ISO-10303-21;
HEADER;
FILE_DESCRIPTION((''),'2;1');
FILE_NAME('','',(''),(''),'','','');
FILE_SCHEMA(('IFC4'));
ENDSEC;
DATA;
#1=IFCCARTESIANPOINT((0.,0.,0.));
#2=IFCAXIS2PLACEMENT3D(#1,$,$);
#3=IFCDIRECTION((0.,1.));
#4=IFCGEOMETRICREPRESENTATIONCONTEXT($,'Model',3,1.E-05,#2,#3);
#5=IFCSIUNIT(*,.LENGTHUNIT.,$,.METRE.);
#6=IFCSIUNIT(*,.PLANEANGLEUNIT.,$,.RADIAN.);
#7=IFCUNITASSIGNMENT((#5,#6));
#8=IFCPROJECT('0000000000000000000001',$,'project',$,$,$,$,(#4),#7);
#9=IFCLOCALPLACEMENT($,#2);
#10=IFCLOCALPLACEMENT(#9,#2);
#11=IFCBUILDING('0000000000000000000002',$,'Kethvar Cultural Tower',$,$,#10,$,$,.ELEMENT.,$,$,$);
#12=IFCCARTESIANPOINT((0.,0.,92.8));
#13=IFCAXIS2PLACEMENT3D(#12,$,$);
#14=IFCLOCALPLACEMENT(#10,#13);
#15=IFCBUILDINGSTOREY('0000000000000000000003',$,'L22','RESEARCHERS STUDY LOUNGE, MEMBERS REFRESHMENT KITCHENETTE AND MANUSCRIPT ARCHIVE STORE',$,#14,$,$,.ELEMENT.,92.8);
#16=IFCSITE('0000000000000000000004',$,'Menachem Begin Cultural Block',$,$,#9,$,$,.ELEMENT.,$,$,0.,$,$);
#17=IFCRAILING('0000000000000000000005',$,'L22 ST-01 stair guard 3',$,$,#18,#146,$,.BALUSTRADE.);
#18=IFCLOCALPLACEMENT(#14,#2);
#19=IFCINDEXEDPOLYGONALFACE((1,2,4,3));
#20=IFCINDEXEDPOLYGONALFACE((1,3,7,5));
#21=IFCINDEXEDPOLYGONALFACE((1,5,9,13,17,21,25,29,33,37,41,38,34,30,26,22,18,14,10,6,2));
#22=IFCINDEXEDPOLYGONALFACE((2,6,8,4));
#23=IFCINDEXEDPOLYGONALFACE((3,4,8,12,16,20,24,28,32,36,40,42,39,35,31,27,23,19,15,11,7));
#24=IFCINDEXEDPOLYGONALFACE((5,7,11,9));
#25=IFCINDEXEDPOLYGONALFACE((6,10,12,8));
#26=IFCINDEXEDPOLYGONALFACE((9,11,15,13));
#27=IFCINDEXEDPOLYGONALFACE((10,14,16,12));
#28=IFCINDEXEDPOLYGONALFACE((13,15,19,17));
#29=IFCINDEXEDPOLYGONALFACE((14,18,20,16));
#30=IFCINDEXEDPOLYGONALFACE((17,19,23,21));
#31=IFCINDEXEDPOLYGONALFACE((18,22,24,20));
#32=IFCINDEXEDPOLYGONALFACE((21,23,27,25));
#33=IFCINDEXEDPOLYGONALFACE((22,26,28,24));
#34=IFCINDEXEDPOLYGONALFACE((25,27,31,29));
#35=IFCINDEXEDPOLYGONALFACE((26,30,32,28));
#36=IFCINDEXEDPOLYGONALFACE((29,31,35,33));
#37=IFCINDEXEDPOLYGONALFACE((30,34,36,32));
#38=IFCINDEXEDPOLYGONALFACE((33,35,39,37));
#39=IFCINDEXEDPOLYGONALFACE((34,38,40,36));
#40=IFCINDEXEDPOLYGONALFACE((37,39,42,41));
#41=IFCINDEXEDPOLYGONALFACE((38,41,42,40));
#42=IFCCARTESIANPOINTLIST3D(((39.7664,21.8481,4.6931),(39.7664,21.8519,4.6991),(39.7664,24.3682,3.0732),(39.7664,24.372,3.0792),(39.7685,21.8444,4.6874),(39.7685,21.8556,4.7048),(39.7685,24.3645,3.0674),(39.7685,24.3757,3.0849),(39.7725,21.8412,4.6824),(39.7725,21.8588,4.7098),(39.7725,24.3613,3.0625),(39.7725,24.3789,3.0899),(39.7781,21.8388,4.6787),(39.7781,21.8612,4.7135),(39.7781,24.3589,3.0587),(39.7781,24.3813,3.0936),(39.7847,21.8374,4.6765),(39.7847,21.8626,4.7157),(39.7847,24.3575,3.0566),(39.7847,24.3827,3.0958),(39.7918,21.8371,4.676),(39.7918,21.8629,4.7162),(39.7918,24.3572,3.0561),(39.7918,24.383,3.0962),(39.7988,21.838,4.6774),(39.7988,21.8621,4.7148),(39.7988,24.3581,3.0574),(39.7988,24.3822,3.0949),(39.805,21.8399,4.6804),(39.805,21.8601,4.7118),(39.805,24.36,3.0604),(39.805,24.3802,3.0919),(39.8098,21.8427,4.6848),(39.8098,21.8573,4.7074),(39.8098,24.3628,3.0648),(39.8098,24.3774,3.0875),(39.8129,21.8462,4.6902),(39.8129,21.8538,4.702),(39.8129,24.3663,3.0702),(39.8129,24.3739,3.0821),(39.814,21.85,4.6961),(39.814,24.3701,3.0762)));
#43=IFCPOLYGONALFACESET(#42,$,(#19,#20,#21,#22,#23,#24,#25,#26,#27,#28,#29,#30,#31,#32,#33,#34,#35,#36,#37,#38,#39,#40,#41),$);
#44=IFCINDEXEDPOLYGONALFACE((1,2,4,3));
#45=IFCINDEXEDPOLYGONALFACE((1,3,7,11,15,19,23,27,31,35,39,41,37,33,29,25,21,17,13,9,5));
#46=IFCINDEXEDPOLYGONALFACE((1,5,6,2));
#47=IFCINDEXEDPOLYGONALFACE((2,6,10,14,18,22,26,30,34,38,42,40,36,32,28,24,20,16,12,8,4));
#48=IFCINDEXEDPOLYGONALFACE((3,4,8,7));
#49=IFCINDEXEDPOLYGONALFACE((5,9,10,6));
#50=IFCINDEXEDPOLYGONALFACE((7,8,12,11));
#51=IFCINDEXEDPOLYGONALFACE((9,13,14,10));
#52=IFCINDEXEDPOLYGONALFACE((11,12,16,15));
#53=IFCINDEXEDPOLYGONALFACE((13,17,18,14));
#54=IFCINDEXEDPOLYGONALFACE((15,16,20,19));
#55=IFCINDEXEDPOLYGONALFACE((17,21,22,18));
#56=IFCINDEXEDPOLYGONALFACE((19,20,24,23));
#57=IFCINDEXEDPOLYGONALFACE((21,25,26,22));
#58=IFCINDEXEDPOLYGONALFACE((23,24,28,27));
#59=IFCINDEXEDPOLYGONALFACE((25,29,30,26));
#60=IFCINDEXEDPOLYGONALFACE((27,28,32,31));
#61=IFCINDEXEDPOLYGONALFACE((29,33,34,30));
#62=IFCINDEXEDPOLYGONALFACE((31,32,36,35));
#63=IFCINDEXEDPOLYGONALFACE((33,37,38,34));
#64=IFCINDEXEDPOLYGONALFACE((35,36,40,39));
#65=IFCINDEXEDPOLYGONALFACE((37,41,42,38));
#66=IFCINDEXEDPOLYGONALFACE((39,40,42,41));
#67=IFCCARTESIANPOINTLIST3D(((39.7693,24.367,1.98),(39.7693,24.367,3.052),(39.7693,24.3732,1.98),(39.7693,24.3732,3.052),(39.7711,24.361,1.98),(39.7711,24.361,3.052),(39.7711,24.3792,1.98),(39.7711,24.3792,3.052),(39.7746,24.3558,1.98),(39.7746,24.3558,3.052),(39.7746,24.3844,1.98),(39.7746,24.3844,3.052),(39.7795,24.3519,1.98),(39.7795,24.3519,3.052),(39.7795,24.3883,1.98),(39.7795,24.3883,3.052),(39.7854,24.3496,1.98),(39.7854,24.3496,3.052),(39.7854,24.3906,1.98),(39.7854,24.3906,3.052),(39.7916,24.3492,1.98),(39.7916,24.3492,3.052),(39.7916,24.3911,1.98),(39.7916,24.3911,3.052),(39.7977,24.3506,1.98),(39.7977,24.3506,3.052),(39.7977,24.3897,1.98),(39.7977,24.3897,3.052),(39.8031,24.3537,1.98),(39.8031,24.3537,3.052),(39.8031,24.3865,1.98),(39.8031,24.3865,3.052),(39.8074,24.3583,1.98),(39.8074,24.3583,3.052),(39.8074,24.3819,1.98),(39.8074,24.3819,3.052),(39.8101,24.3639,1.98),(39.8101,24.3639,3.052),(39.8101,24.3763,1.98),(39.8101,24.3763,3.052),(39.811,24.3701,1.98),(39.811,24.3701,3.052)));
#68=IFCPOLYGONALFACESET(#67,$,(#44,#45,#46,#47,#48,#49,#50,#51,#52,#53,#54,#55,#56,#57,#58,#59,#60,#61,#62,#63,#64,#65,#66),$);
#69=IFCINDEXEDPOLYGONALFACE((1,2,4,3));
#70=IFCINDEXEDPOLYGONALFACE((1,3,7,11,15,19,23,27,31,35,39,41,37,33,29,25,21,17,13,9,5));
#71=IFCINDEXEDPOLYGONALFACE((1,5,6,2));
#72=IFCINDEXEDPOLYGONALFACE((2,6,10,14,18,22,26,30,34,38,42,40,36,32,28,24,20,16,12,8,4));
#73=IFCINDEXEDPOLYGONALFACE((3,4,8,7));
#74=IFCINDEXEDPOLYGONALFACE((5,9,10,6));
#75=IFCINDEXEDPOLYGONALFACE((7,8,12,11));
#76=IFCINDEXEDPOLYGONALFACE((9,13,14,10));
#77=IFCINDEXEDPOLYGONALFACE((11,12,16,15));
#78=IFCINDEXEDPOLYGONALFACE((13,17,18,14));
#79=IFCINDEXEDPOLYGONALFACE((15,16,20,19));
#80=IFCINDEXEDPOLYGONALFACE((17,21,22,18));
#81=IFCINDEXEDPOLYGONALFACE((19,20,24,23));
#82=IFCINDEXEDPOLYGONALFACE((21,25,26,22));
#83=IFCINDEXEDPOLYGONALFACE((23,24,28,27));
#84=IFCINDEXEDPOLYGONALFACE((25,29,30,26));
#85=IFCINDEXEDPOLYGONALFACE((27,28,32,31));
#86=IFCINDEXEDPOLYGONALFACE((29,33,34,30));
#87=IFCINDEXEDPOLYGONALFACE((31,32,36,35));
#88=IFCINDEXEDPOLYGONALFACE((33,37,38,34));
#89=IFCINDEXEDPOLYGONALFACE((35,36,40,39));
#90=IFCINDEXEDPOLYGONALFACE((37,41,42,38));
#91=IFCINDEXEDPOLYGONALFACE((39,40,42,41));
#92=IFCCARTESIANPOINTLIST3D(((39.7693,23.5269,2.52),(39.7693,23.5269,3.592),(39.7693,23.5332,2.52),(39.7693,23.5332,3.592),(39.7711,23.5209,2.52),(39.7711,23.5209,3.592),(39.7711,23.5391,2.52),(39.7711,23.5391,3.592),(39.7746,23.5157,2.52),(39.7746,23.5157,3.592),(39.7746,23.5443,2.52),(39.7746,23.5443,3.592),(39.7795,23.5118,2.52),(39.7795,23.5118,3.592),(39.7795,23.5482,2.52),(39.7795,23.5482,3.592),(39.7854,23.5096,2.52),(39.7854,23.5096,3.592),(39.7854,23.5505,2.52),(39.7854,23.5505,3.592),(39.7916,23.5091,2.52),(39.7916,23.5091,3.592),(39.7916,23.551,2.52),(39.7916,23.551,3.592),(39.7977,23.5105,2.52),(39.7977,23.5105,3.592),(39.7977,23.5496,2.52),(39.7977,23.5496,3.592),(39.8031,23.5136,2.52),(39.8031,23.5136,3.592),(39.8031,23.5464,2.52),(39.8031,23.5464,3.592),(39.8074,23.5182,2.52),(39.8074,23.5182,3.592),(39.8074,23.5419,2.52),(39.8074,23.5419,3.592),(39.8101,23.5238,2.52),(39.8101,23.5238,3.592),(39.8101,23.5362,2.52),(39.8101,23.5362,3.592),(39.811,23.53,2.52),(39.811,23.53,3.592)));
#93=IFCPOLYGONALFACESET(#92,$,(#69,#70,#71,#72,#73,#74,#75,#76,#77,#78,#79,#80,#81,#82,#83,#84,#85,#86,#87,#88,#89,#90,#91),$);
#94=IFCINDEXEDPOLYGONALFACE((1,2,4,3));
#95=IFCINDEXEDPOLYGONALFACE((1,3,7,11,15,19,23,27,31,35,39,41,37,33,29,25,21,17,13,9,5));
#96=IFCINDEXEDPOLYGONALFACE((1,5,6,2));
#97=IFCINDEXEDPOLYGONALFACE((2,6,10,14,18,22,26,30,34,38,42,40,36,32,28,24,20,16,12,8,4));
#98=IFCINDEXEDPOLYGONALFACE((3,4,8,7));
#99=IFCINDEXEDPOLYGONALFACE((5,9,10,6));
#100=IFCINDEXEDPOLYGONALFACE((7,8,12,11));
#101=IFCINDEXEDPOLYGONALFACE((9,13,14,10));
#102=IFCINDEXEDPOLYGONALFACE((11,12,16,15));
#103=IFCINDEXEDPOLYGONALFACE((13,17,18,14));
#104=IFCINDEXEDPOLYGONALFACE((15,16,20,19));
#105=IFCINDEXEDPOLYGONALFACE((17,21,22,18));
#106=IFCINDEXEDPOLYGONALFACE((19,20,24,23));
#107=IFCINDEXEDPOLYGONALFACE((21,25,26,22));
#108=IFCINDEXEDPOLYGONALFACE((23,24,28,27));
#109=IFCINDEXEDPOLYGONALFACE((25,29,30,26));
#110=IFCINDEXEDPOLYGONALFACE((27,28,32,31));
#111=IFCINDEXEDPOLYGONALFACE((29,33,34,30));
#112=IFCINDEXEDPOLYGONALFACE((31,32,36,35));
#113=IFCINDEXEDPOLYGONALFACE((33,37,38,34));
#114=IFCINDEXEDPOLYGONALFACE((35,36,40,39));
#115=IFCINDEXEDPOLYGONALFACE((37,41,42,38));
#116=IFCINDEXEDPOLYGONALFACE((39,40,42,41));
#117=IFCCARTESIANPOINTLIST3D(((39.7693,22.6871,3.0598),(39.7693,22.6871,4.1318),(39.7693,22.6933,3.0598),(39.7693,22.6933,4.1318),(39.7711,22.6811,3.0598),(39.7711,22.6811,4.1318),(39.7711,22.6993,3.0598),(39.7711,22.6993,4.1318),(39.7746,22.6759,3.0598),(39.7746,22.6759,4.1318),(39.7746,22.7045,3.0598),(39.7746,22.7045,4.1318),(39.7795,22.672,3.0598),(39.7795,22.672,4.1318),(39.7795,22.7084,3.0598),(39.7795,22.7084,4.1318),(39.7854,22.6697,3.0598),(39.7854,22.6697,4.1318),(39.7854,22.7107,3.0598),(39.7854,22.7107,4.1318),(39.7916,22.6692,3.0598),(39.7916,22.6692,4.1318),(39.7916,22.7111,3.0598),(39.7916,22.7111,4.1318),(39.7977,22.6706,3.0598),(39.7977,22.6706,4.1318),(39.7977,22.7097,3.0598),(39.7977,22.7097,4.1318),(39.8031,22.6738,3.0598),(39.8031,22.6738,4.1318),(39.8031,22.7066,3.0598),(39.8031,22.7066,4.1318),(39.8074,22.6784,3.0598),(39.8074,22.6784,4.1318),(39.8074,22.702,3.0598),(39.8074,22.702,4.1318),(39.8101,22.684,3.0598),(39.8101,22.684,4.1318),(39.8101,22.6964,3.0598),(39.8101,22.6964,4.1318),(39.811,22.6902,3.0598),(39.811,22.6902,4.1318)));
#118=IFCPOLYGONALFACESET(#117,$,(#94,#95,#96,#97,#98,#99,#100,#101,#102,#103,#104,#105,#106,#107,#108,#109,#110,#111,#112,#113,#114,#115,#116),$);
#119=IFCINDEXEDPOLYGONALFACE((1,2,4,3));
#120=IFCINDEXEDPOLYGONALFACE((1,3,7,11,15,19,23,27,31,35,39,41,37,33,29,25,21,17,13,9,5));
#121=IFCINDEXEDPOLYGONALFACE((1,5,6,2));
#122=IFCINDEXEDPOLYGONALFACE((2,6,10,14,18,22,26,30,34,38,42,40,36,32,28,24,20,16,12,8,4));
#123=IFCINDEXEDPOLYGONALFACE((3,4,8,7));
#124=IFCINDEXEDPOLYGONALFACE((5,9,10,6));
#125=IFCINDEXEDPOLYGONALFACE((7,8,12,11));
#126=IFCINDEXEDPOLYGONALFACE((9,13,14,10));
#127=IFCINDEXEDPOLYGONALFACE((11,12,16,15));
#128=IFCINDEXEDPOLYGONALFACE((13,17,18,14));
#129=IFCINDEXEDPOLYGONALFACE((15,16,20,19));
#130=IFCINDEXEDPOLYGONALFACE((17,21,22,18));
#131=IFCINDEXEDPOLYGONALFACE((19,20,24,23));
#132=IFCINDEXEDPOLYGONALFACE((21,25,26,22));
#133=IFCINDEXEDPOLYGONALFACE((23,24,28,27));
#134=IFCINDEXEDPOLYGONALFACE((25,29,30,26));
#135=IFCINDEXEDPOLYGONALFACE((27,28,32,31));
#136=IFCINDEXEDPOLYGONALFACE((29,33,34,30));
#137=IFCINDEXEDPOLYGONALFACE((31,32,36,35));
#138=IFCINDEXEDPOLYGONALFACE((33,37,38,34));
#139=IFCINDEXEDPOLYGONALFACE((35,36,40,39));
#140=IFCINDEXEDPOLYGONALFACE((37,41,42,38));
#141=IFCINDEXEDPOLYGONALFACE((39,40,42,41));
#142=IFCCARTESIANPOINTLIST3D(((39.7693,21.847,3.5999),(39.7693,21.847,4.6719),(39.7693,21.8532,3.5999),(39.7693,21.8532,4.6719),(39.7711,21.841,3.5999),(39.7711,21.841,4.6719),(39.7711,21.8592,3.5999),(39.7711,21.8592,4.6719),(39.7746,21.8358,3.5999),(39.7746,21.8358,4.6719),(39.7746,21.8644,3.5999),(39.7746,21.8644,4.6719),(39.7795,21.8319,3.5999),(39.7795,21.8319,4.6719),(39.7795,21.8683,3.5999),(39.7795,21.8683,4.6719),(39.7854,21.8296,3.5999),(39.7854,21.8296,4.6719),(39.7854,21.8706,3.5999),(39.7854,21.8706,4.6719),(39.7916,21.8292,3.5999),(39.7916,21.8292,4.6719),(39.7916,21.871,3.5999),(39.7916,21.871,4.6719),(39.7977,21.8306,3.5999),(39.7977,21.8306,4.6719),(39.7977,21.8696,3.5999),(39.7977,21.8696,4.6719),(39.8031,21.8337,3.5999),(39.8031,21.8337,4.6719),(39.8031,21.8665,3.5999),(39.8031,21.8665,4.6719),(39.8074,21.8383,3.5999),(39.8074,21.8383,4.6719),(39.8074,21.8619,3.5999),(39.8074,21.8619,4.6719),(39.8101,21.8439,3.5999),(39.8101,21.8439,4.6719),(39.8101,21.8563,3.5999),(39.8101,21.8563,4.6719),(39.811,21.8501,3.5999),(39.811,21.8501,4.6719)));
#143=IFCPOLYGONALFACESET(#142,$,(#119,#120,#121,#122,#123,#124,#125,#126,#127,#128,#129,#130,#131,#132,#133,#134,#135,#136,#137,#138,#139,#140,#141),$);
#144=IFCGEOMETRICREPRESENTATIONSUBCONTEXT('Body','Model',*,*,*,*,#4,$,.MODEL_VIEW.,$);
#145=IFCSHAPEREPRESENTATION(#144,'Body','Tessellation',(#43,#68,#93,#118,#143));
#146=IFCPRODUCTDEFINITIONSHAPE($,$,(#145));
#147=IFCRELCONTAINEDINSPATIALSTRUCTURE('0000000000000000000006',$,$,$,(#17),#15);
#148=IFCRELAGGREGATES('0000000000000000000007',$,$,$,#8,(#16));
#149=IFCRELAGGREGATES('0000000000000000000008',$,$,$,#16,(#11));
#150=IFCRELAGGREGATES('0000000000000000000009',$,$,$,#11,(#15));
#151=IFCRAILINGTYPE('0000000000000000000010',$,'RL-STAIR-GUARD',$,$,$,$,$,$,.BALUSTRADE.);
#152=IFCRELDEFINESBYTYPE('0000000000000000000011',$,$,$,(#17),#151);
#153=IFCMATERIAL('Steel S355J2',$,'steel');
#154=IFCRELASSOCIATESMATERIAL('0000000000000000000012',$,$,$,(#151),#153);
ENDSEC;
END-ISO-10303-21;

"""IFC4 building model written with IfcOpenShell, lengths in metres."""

from ifc_helpers import new_model, si_unit, direction, frame, origin, origin_2d, place, context, subcontext, project, spatial, circle, extrude, material, type_object, element, save


model = new_model("IFC4")

# Units and contexts
model_context = context("Model", 3, precision=1e-05, world=origin(), true_north=direction((0.0, 1.0)))
body_context = subcontext(model_context, "Body", "Model", "MODEL_VIEW")
ifc_project = project(units=[si_unit("LENGTHUNIT", "METRE"), si_unit("PLANEANGLEUNIT", "RADIAN")], contexts=[model_context])

# Site, building, storey
site_placement = place(None, origin())
site = spatial("IfcSite", under=ifc_project, at=site_placement, Name="Menachem Begin Cultural Block", CompositionType="ELEMENT", RefElevation=0.0)
building_placement = place(site_placement, origin())
building = spatial("IfcBuilding", under=site, at=building_placement, Name="Kethvar Cultural Tower", CompositionType="ELEMENT")
storey_placement = place(building_placement, frame((0.0, 0.0, 92.8)))
storey = spatial("IfcBuildingStorey", under=building, at=storey_placement, Name="L22", Description="RESEARCHERS STUDY LOUNGE, MEMBERS REFRESHMENT KITCHENETTE AND MANUSCRIPT ARCHIVE STORE", CompositionType="ELEMENT", Elevation=92.8)

# Shared definitions
ifc_material_1 = material(Name="Steel S355J2", Category="steel")

# Railing
railing_type_1 = type_object("IfcRailingType", Name="RL-STAIR-GUARD", PredefinedType="BALUSTRADE", material=ifc_material_1)
railing_1_placement = place(storey_placement, frame((39.79, 24.3701, 1.98)))
element("IfcRailing", 1, at=railing_1_placement, inside=storey, type_object=railing_type_1, Name="L22 ST-01 stair guard 3", PredefinedType="BALUSTRADE", context=body_context, shape_type="SweptSolid", body=[
    extrude(circle(Radius=0.0239, at=origin_2d()), frame((0.0, 0.0, 1.0962), z_axis=(0.0, -0.8412, 0.540725), x_axis=(1.0, 0.0, 0.0)), (0.0, 0.0, 1.0), 2.9958),
    extrude(circle(Radius=0.021, at=origin_2d()), origin(), (0.0, 0.0, 1.0), 1.072),
    extrude(circle(Radius=0.021, at=origin_2d()), frame((0.0, -0.8401, 0.54)), (0.0, 0.0, 1.0), 1.072),
    extrude(circle(Radius=0.021, at=origin_2d()), frame((0.0, -1.6799, 1.0798)), (0.0, 0.0, 1.0), 1.072),
    extrude(circle(Radius=0.021, at=origin_2d()), frame((0.0, -2.52, 1.6199)), (0.0, 0.0, 1.0), 1.072),
])

save(model, "model.ifc")
